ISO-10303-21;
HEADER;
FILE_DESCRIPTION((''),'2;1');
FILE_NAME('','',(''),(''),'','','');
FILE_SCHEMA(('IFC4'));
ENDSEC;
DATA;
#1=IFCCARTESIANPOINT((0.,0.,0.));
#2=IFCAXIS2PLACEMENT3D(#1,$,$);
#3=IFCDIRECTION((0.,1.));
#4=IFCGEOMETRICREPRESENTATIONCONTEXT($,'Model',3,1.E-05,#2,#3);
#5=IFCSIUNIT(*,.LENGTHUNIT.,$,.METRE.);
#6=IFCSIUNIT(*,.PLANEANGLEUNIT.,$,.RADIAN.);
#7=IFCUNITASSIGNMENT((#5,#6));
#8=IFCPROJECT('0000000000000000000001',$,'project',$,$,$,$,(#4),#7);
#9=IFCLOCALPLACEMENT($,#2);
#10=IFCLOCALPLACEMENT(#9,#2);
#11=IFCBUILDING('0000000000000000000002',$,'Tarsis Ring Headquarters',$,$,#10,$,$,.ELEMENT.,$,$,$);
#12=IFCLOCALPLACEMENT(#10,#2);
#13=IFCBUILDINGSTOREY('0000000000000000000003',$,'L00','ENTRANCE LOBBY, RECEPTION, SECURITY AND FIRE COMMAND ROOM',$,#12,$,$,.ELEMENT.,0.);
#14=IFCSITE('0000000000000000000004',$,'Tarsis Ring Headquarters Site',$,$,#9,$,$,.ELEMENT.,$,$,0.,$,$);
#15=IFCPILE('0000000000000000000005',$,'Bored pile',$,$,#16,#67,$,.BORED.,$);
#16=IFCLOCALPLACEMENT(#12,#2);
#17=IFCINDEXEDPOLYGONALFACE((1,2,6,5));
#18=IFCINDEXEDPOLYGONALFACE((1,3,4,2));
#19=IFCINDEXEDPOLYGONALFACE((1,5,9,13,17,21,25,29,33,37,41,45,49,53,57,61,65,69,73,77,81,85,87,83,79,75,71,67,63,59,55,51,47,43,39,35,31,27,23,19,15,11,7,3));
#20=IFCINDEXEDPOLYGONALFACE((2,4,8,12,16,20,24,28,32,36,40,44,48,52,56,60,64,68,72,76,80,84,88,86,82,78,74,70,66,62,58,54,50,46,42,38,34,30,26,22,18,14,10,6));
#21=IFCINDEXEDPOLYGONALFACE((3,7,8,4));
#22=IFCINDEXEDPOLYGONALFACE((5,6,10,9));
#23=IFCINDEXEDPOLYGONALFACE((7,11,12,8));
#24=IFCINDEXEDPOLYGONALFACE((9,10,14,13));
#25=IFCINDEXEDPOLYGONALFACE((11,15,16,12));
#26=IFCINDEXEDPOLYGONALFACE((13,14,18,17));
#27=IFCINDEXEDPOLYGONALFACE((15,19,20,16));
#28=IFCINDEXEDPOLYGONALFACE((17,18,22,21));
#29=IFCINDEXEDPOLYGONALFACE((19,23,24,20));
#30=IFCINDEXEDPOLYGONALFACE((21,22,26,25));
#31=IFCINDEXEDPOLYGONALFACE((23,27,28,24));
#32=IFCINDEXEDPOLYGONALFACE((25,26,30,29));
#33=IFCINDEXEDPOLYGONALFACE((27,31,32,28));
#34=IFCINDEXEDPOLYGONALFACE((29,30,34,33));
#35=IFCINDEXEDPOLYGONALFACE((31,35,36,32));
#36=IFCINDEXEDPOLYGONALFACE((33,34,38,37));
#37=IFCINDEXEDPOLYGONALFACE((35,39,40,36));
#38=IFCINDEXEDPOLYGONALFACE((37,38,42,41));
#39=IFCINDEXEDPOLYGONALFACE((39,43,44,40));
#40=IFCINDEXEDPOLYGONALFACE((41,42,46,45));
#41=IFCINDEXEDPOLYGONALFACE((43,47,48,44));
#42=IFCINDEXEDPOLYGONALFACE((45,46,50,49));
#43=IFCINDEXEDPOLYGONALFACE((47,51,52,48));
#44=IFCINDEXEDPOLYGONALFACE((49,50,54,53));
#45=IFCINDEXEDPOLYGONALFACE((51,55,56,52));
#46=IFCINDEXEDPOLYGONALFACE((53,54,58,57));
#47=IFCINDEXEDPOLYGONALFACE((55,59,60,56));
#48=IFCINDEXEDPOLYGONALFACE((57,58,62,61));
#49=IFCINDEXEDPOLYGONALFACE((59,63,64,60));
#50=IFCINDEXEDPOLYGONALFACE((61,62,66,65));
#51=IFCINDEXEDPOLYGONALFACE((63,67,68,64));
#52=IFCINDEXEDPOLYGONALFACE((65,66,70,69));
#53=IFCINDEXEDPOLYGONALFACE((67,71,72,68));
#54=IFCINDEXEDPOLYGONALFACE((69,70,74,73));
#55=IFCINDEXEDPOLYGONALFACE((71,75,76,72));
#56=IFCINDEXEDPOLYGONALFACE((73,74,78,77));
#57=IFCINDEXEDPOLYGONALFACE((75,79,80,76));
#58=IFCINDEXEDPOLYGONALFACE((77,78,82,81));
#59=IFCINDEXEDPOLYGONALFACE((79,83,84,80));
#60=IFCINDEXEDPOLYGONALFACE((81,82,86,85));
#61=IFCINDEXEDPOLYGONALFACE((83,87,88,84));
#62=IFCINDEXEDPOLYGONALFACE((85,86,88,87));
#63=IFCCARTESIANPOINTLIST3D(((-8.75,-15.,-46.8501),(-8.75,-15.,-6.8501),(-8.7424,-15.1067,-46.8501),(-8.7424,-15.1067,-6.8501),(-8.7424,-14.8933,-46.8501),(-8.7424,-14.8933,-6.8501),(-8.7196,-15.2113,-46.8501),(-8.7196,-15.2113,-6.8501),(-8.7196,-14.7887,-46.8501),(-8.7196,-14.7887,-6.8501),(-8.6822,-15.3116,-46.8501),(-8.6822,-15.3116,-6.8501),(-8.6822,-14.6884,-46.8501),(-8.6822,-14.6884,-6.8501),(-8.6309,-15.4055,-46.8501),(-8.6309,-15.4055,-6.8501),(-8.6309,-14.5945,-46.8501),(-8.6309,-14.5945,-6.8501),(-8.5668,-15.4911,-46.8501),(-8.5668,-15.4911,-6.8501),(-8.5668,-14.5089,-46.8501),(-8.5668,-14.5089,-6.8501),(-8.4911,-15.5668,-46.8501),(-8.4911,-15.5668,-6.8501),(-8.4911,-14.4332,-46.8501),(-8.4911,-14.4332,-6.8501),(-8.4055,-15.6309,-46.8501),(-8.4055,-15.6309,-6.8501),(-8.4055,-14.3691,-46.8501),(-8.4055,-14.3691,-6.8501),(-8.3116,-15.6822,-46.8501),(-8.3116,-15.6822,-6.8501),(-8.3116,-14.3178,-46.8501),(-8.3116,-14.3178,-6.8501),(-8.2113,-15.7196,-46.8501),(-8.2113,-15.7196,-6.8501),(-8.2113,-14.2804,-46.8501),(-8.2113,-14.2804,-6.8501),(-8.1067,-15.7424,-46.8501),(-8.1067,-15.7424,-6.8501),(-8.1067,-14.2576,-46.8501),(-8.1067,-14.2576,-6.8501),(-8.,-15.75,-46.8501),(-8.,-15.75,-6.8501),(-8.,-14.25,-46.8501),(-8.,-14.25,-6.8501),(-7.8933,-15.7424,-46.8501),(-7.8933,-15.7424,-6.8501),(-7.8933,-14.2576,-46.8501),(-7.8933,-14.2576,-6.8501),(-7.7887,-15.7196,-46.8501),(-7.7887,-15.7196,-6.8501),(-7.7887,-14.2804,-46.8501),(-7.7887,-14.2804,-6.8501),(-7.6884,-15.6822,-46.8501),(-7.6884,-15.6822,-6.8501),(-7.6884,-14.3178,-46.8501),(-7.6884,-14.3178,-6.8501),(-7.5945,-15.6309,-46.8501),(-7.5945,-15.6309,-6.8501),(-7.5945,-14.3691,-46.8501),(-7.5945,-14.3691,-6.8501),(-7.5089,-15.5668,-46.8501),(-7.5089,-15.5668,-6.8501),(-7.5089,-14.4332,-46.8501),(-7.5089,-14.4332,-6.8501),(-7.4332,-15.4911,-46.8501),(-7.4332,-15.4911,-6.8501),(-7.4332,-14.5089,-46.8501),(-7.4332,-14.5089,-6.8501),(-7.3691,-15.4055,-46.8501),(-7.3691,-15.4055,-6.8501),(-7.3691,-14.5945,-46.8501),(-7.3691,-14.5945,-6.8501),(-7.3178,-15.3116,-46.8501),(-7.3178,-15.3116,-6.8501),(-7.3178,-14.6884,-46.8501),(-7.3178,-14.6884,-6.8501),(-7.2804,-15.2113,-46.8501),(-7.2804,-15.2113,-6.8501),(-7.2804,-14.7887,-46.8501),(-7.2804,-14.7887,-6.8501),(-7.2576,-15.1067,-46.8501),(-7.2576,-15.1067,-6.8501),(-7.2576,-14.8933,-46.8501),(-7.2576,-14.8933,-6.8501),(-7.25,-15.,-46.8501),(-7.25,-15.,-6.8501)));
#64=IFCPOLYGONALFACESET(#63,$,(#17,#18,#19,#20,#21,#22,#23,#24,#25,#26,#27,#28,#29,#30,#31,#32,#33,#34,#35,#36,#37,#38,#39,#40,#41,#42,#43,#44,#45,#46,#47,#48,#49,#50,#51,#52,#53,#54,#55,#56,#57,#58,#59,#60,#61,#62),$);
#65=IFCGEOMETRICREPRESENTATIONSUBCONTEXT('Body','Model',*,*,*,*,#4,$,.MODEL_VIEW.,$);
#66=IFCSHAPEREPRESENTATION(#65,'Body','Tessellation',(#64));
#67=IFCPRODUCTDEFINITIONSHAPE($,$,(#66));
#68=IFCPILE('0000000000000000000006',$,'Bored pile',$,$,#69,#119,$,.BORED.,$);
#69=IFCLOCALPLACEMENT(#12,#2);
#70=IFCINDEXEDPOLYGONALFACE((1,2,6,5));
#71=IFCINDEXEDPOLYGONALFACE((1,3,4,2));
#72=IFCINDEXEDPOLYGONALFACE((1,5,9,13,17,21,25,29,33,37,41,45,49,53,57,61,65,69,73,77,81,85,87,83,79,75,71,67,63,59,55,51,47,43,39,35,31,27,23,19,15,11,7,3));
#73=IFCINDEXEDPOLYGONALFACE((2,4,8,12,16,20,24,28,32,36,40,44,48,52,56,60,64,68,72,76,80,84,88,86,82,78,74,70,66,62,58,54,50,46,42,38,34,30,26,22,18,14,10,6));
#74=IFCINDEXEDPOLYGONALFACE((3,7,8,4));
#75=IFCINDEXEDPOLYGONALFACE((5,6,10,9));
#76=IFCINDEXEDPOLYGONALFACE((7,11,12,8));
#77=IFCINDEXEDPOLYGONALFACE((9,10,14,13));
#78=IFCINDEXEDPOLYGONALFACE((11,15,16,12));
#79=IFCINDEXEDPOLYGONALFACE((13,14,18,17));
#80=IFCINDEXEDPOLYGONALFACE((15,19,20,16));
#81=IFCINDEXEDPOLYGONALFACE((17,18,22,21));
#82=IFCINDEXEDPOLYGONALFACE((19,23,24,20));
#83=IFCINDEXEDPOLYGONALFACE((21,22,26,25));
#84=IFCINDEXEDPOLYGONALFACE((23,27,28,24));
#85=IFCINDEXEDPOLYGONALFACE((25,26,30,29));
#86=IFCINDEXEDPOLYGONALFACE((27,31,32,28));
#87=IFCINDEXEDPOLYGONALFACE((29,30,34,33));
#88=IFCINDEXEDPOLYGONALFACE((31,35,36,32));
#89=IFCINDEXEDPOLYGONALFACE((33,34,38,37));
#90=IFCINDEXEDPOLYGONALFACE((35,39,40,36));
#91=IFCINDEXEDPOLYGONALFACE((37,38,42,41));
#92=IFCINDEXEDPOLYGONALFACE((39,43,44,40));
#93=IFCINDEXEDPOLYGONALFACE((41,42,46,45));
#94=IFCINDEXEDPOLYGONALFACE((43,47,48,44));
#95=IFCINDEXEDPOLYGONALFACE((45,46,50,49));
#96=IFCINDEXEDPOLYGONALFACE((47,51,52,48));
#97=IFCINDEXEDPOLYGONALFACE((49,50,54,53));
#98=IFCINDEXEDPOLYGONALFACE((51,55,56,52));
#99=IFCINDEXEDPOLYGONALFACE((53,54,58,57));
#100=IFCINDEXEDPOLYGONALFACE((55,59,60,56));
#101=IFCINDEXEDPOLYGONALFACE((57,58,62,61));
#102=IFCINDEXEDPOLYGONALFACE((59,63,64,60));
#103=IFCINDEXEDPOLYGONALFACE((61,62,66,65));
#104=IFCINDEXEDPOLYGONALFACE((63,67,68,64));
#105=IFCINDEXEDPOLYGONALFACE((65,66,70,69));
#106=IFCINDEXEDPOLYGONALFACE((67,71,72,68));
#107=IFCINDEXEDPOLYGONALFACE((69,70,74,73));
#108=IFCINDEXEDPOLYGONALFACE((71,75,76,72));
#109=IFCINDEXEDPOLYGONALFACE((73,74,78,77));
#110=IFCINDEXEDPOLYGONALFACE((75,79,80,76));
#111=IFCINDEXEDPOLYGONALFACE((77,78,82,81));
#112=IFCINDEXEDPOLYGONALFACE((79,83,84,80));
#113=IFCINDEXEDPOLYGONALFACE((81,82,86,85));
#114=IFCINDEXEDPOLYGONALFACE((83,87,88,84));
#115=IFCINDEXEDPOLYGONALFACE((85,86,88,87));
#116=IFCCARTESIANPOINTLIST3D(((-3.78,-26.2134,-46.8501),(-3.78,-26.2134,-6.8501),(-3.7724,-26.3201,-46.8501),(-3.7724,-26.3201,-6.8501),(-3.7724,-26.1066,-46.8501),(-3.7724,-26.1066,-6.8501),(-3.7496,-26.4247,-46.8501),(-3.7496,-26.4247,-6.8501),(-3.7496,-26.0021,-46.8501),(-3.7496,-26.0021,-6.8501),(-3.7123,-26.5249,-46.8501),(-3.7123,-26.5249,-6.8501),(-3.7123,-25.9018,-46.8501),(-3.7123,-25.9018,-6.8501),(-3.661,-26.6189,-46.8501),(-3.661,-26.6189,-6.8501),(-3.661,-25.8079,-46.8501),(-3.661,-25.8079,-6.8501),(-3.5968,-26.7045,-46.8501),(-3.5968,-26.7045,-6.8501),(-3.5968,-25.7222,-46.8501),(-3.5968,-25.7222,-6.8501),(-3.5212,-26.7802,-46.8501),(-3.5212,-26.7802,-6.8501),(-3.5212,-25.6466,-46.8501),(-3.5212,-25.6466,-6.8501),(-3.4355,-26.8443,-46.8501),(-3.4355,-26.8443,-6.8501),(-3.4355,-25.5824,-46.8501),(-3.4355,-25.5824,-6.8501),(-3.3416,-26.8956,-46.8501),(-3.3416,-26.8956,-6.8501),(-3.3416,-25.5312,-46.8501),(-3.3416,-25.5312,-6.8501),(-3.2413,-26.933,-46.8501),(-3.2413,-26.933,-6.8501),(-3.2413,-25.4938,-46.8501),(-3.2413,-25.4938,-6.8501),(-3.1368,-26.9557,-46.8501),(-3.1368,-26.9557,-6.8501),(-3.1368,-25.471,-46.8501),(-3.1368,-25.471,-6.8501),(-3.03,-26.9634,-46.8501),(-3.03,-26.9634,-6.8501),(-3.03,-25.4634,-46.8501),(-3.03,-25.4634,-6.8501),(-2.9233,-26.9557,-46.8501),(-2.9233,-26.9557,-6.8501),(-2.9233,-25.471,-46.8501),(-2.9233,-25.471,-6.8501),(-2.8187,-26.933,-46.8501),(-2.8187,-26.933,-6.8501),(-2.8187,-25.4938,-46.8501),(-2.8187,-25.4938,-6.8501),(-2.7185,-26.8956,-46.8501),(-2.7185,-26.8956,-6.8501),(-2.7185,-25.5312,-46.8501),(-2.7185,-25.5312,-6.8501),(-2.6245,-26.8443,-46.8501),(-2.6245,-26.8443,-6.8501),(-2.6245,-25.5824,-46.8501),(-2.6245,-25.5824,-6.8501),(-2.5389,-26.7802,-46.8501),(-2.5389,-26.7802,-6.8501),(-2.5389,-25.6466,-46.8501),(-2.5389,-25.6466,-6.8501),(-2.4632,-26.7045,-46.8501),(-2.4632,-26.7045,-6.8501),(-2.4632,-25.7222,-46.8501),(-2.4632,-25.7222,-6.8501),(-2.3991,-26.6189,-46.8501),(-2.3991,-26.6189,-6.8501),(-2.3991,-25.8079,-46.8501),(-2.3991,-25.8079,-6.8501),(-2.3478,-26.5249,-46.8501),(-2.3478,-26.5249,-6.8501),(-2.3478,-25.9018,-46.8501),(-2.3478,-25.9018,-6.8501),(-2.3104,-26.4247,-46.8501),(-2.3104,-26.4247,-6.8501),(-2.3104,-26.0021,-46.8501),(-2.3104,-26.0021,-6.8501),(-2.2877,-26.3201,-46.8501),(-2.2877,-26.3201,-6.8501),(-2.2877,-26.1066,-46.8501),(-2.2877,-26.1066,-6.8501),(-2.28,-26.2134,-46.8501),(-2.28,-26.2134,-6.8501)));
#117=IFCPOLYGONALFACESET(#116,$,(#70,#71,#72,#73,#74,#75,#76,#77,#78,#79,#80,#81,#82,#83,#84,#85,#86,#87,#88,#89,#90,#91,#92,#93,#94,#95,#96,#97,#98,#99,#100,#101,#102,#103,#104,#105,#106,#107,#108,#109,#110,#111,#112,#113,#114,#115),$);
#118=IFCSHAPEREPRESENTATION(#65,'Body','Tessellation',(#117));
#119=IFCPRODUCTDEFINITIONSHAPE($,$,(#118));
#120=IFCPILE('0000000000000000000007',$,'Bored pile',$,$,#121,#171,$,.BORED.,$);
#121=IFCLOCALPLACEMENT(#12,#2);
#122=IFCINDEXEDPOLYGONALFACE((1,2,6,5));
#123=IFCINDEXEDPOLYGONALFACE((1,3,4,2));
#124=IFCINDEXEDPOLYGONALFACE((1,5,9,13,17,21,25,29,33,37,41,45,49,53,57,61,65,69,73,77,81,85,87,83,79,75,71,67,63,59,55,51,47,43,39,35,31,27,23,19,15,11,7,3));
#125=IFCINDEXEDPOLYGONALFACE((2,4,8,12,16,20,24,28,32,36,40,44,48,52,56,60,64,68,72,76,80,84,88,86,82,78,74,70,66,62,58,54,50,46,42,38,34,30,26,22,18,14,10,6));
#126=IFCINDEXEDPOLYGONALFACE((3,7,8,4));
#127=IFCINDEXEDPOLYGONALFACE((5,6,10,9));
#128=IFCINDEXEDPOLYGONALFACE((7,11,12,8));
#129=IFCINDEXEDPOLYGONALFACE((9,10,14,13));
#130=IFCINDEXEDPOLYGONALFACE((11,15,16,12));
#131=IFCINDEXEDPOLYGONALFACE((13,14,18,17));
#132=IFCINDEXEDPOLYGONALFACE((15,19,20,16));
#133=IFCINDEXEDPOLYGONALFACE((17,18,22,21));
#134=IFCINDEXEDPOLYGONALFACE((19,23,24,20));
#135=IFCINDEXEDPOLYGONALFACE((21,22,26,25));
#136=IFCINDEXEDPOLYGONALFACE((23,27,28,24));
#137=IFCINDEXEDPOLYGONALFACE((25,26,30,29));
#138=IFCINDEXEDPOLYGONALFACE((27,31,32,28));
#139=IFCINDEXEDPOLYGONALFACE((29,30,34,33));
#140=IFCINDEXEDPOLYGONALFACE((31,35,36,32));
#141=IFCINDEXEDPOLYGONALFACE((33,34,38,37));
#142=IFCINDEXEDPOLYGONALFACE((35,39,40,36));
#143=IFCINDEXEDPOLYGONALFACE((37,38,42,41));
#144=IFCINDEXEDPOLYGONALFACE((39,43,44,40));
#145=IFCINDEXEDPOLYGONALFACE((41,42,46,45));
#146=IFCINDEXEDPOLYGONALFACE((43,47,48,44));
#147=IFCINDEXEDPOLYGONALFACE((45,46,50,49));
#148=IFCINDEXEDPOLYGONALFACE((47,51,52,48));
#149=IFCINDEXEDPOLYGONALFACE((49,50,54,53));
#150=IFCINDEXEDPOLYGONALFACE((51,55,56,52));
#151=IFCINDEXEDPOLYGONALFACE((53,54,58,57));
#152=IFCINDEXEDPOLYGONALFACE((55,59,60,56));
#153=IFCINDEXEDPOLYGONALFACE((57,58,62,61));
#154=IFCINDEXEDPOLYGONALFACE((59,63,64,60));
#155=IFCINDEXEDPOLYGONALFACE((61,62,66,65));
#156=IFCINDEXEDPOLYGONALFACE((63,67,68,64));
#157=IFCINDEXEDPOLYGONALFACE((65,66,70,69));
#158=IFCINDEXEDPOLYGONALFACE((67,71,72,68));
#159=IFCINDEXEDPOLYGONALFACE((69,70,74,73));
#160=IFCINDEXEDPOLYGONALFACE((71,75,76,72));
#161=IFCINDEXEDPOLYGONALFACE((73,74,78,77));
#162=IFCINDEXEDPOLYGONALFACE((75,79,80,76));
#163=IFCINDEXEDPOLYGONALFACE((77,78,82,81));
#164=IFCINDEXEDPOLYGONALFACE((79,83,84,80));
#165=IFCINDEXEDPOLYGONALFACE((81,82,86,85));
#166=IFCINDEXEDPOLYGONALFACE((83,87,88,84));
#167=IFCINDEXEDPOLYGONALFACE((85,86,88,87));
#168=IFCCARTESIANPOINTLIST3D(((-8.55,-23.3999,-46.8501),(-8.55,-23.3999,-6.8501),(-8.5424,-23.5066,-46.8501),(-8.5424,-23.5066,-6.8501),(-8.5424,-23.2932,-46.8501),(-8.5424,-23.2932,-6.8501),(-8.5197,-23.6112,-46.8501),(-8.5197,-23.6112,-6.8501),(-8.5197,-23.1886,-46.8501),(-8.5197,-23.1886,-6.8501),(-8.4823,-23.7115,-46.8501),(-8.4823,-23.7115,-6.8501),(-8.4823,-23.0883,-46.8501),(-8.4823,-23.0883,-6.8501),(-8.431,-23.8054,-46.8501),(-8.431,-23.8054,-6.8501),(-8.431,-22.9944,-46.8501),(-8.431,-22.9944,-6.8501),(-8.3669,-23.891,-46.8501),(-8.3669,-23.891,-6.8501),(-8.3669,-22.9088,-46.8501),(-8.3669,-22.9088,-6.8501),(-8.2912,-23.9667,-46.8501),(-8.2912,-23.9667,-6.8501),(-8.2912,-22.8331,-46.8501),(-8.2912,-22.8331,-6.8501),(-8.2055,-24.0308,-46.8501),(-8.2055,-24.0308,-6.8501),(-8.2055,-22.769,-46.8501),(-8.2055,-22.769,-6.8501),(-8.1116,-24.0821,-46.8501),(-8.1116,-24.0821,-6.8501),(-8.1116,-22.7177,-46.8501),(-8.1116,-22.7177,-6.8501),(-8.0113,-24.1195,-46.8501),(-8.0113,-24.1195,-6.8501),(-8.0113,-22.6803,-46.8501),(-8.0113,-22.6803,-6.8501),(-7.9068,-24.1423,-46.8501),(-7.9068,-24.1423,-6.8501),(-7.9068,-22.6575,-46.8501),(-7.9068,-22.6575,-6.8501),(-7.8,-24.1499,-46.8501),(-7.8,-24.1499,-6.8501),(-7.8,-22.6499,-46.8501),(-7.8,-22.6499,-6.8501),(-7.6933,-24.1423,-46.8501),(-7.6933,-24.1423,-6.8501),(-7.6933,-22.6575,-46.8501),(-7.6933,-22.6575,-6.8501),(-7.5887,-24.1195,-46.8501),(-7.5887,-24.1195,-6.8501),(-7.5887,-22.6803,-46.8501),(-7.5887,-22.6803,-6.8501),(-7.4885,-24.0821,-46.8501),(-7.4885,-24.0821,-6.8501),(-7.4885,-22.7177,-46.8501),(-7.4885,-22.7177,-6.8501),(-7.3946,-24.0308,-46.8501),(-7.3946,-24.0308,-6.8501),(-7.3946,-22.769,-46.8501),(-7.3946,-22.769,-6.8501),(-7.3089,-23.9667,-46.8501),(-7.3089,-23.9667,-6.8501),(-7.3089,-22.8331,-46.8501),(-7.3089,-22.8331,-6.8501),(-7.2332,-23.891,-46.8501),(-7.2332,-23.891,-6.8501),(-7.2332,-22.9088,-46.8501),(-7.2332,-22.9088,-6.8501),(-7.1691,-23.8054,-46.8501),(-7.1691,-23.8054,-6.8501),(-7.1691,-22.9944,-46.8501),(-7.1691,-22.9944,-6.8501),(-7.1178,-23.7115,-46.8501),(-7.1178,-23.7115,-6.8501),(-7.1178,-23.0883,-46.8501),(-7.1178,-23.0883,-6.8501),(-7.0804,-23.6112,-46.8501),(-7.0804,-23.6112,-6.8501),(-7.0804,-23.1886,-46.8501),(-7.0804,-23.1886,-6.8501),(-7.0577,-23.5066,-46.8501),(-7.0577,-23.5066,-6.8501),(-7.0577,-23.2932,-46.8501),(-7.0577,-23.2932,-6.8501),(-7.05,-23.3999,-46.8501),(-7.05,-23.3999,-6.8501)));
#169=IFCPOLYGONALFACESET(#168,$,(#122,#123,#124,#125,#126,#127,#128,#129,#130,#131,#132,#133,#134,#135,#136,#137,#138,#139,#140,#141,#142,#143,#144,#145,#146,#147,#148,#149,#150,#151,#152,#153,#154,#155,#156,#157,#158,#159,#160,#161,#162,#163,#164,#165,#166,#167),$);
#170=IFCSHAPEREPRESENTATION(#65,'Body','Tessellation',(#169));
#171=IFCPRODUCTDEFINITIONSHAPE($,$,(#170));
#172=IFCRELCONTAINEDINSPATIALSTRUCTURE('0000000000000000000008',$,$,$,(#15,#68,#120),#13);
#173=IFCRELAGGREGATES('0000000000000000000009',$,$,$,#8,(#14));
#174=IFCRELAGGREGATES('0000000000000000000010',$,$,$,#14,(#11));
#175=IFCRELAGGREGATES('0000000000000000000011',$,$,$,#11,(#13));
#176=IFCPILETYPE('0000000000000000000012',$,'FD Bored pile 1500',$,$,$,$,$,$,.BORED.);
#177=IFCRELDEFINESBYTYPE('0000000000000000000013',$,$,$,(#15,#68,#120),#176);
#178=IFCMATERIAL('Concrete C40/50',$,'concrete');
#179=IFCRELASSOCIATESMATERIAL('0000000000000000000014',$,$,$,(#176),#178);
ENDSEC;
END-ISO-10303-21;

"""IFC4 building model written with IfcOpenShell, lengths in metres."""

from ifc_helpers import new_model, si_unit, direction, frame, origin, origin_2d, place, context, subcontext, project, spatial, circle, extrude, material, material_profile, profile_set, type_object, element, save


model = new_model("IFC4")

# Units and contexts
model_context = context("Model", 3, precision=1e-05, world=origin(), true_north=direction((0.0, 1.0)))
body_context = subcontext(model_context, "Body", "Model", "MODEL_VIEW")
ifc_project = project(units=[si_unit("LENGTHUNIT", "METRE"), si_unit("PLANEANGLEUNIT", "RADIAN")], contexts=[model_context])

# Site, building, storey
site_placement = place(None, origin())
site = spatial("IfcSite", under=ifc_project, at=site_placement, Name="Tarsis Ring Headquarters Site", CompositionType="ELEMENT", RefElevation=0.0)
building_placement = place(site_placement, origin())
building = spatial("IfcBuilding", under=site, at=building_placement, Name="Tarsis Ring Headquarters", CompositionType="ELEMENT")
storey_placement = place(building_placement, origin())
storey = spatial("IfcBuildingStorey", under=building, at=storey_placement, Name="L00", Description="ENTRANCE LOBBY, RECEPTION, SECURITY AND FIRE COMMAND ROOM", CompositionType="ELEMENT", Elevation=0.0)

# Piles
ifc_material_1 = material(Name="Concrete C40/50", Category="concrete")
ifc_material_profile_1 = material_profile(ifc_material_1, circle(Radius=0.75, at=origin_2d()), Name="BORED 1500")
ifc_profile_set_1 = profile_set([ifc_material_profile_1], Name="Concrete C40/50")
pile_type = type_object("IfcPileType", Name="FD Bored pile 1500", PredefinedType="BORED", material=ifc_profile_set_1)
for number, where, z_axis, x_axis, name in (
    (1, (-8.0, -15.0, -6.8501), (0.0, 0.0, -1.0), (1.0, 0.0, 0.0), "Bored pile"),
    (2, (-3.03, -26.2134, -6.8501), (0.0, 0.0, -1.0), (1.0, 0.0, 0.0), "Bored pile"),
    (3, (-7.8, -23.3999, -6.8501), (0.0, 0.0, -1.0), (1.0, 0.0, 0.0), "Bored pile"),
):
    element("IfcPile", number, at=place(storey_placement, frame(where, z_axis=z_axis, x_axis=x_axis)), inside=storey, type_object=pile_type, Name=name, PredefinedType="BORED", context=body_context, shape_type="SweptSolid", body=[
        extrude(circle(Radius=0.75, at=origin_2d()), origin(), (0.0, 0.0, 1.0), 40.0),
    ])

save(model, "model.ifc")
